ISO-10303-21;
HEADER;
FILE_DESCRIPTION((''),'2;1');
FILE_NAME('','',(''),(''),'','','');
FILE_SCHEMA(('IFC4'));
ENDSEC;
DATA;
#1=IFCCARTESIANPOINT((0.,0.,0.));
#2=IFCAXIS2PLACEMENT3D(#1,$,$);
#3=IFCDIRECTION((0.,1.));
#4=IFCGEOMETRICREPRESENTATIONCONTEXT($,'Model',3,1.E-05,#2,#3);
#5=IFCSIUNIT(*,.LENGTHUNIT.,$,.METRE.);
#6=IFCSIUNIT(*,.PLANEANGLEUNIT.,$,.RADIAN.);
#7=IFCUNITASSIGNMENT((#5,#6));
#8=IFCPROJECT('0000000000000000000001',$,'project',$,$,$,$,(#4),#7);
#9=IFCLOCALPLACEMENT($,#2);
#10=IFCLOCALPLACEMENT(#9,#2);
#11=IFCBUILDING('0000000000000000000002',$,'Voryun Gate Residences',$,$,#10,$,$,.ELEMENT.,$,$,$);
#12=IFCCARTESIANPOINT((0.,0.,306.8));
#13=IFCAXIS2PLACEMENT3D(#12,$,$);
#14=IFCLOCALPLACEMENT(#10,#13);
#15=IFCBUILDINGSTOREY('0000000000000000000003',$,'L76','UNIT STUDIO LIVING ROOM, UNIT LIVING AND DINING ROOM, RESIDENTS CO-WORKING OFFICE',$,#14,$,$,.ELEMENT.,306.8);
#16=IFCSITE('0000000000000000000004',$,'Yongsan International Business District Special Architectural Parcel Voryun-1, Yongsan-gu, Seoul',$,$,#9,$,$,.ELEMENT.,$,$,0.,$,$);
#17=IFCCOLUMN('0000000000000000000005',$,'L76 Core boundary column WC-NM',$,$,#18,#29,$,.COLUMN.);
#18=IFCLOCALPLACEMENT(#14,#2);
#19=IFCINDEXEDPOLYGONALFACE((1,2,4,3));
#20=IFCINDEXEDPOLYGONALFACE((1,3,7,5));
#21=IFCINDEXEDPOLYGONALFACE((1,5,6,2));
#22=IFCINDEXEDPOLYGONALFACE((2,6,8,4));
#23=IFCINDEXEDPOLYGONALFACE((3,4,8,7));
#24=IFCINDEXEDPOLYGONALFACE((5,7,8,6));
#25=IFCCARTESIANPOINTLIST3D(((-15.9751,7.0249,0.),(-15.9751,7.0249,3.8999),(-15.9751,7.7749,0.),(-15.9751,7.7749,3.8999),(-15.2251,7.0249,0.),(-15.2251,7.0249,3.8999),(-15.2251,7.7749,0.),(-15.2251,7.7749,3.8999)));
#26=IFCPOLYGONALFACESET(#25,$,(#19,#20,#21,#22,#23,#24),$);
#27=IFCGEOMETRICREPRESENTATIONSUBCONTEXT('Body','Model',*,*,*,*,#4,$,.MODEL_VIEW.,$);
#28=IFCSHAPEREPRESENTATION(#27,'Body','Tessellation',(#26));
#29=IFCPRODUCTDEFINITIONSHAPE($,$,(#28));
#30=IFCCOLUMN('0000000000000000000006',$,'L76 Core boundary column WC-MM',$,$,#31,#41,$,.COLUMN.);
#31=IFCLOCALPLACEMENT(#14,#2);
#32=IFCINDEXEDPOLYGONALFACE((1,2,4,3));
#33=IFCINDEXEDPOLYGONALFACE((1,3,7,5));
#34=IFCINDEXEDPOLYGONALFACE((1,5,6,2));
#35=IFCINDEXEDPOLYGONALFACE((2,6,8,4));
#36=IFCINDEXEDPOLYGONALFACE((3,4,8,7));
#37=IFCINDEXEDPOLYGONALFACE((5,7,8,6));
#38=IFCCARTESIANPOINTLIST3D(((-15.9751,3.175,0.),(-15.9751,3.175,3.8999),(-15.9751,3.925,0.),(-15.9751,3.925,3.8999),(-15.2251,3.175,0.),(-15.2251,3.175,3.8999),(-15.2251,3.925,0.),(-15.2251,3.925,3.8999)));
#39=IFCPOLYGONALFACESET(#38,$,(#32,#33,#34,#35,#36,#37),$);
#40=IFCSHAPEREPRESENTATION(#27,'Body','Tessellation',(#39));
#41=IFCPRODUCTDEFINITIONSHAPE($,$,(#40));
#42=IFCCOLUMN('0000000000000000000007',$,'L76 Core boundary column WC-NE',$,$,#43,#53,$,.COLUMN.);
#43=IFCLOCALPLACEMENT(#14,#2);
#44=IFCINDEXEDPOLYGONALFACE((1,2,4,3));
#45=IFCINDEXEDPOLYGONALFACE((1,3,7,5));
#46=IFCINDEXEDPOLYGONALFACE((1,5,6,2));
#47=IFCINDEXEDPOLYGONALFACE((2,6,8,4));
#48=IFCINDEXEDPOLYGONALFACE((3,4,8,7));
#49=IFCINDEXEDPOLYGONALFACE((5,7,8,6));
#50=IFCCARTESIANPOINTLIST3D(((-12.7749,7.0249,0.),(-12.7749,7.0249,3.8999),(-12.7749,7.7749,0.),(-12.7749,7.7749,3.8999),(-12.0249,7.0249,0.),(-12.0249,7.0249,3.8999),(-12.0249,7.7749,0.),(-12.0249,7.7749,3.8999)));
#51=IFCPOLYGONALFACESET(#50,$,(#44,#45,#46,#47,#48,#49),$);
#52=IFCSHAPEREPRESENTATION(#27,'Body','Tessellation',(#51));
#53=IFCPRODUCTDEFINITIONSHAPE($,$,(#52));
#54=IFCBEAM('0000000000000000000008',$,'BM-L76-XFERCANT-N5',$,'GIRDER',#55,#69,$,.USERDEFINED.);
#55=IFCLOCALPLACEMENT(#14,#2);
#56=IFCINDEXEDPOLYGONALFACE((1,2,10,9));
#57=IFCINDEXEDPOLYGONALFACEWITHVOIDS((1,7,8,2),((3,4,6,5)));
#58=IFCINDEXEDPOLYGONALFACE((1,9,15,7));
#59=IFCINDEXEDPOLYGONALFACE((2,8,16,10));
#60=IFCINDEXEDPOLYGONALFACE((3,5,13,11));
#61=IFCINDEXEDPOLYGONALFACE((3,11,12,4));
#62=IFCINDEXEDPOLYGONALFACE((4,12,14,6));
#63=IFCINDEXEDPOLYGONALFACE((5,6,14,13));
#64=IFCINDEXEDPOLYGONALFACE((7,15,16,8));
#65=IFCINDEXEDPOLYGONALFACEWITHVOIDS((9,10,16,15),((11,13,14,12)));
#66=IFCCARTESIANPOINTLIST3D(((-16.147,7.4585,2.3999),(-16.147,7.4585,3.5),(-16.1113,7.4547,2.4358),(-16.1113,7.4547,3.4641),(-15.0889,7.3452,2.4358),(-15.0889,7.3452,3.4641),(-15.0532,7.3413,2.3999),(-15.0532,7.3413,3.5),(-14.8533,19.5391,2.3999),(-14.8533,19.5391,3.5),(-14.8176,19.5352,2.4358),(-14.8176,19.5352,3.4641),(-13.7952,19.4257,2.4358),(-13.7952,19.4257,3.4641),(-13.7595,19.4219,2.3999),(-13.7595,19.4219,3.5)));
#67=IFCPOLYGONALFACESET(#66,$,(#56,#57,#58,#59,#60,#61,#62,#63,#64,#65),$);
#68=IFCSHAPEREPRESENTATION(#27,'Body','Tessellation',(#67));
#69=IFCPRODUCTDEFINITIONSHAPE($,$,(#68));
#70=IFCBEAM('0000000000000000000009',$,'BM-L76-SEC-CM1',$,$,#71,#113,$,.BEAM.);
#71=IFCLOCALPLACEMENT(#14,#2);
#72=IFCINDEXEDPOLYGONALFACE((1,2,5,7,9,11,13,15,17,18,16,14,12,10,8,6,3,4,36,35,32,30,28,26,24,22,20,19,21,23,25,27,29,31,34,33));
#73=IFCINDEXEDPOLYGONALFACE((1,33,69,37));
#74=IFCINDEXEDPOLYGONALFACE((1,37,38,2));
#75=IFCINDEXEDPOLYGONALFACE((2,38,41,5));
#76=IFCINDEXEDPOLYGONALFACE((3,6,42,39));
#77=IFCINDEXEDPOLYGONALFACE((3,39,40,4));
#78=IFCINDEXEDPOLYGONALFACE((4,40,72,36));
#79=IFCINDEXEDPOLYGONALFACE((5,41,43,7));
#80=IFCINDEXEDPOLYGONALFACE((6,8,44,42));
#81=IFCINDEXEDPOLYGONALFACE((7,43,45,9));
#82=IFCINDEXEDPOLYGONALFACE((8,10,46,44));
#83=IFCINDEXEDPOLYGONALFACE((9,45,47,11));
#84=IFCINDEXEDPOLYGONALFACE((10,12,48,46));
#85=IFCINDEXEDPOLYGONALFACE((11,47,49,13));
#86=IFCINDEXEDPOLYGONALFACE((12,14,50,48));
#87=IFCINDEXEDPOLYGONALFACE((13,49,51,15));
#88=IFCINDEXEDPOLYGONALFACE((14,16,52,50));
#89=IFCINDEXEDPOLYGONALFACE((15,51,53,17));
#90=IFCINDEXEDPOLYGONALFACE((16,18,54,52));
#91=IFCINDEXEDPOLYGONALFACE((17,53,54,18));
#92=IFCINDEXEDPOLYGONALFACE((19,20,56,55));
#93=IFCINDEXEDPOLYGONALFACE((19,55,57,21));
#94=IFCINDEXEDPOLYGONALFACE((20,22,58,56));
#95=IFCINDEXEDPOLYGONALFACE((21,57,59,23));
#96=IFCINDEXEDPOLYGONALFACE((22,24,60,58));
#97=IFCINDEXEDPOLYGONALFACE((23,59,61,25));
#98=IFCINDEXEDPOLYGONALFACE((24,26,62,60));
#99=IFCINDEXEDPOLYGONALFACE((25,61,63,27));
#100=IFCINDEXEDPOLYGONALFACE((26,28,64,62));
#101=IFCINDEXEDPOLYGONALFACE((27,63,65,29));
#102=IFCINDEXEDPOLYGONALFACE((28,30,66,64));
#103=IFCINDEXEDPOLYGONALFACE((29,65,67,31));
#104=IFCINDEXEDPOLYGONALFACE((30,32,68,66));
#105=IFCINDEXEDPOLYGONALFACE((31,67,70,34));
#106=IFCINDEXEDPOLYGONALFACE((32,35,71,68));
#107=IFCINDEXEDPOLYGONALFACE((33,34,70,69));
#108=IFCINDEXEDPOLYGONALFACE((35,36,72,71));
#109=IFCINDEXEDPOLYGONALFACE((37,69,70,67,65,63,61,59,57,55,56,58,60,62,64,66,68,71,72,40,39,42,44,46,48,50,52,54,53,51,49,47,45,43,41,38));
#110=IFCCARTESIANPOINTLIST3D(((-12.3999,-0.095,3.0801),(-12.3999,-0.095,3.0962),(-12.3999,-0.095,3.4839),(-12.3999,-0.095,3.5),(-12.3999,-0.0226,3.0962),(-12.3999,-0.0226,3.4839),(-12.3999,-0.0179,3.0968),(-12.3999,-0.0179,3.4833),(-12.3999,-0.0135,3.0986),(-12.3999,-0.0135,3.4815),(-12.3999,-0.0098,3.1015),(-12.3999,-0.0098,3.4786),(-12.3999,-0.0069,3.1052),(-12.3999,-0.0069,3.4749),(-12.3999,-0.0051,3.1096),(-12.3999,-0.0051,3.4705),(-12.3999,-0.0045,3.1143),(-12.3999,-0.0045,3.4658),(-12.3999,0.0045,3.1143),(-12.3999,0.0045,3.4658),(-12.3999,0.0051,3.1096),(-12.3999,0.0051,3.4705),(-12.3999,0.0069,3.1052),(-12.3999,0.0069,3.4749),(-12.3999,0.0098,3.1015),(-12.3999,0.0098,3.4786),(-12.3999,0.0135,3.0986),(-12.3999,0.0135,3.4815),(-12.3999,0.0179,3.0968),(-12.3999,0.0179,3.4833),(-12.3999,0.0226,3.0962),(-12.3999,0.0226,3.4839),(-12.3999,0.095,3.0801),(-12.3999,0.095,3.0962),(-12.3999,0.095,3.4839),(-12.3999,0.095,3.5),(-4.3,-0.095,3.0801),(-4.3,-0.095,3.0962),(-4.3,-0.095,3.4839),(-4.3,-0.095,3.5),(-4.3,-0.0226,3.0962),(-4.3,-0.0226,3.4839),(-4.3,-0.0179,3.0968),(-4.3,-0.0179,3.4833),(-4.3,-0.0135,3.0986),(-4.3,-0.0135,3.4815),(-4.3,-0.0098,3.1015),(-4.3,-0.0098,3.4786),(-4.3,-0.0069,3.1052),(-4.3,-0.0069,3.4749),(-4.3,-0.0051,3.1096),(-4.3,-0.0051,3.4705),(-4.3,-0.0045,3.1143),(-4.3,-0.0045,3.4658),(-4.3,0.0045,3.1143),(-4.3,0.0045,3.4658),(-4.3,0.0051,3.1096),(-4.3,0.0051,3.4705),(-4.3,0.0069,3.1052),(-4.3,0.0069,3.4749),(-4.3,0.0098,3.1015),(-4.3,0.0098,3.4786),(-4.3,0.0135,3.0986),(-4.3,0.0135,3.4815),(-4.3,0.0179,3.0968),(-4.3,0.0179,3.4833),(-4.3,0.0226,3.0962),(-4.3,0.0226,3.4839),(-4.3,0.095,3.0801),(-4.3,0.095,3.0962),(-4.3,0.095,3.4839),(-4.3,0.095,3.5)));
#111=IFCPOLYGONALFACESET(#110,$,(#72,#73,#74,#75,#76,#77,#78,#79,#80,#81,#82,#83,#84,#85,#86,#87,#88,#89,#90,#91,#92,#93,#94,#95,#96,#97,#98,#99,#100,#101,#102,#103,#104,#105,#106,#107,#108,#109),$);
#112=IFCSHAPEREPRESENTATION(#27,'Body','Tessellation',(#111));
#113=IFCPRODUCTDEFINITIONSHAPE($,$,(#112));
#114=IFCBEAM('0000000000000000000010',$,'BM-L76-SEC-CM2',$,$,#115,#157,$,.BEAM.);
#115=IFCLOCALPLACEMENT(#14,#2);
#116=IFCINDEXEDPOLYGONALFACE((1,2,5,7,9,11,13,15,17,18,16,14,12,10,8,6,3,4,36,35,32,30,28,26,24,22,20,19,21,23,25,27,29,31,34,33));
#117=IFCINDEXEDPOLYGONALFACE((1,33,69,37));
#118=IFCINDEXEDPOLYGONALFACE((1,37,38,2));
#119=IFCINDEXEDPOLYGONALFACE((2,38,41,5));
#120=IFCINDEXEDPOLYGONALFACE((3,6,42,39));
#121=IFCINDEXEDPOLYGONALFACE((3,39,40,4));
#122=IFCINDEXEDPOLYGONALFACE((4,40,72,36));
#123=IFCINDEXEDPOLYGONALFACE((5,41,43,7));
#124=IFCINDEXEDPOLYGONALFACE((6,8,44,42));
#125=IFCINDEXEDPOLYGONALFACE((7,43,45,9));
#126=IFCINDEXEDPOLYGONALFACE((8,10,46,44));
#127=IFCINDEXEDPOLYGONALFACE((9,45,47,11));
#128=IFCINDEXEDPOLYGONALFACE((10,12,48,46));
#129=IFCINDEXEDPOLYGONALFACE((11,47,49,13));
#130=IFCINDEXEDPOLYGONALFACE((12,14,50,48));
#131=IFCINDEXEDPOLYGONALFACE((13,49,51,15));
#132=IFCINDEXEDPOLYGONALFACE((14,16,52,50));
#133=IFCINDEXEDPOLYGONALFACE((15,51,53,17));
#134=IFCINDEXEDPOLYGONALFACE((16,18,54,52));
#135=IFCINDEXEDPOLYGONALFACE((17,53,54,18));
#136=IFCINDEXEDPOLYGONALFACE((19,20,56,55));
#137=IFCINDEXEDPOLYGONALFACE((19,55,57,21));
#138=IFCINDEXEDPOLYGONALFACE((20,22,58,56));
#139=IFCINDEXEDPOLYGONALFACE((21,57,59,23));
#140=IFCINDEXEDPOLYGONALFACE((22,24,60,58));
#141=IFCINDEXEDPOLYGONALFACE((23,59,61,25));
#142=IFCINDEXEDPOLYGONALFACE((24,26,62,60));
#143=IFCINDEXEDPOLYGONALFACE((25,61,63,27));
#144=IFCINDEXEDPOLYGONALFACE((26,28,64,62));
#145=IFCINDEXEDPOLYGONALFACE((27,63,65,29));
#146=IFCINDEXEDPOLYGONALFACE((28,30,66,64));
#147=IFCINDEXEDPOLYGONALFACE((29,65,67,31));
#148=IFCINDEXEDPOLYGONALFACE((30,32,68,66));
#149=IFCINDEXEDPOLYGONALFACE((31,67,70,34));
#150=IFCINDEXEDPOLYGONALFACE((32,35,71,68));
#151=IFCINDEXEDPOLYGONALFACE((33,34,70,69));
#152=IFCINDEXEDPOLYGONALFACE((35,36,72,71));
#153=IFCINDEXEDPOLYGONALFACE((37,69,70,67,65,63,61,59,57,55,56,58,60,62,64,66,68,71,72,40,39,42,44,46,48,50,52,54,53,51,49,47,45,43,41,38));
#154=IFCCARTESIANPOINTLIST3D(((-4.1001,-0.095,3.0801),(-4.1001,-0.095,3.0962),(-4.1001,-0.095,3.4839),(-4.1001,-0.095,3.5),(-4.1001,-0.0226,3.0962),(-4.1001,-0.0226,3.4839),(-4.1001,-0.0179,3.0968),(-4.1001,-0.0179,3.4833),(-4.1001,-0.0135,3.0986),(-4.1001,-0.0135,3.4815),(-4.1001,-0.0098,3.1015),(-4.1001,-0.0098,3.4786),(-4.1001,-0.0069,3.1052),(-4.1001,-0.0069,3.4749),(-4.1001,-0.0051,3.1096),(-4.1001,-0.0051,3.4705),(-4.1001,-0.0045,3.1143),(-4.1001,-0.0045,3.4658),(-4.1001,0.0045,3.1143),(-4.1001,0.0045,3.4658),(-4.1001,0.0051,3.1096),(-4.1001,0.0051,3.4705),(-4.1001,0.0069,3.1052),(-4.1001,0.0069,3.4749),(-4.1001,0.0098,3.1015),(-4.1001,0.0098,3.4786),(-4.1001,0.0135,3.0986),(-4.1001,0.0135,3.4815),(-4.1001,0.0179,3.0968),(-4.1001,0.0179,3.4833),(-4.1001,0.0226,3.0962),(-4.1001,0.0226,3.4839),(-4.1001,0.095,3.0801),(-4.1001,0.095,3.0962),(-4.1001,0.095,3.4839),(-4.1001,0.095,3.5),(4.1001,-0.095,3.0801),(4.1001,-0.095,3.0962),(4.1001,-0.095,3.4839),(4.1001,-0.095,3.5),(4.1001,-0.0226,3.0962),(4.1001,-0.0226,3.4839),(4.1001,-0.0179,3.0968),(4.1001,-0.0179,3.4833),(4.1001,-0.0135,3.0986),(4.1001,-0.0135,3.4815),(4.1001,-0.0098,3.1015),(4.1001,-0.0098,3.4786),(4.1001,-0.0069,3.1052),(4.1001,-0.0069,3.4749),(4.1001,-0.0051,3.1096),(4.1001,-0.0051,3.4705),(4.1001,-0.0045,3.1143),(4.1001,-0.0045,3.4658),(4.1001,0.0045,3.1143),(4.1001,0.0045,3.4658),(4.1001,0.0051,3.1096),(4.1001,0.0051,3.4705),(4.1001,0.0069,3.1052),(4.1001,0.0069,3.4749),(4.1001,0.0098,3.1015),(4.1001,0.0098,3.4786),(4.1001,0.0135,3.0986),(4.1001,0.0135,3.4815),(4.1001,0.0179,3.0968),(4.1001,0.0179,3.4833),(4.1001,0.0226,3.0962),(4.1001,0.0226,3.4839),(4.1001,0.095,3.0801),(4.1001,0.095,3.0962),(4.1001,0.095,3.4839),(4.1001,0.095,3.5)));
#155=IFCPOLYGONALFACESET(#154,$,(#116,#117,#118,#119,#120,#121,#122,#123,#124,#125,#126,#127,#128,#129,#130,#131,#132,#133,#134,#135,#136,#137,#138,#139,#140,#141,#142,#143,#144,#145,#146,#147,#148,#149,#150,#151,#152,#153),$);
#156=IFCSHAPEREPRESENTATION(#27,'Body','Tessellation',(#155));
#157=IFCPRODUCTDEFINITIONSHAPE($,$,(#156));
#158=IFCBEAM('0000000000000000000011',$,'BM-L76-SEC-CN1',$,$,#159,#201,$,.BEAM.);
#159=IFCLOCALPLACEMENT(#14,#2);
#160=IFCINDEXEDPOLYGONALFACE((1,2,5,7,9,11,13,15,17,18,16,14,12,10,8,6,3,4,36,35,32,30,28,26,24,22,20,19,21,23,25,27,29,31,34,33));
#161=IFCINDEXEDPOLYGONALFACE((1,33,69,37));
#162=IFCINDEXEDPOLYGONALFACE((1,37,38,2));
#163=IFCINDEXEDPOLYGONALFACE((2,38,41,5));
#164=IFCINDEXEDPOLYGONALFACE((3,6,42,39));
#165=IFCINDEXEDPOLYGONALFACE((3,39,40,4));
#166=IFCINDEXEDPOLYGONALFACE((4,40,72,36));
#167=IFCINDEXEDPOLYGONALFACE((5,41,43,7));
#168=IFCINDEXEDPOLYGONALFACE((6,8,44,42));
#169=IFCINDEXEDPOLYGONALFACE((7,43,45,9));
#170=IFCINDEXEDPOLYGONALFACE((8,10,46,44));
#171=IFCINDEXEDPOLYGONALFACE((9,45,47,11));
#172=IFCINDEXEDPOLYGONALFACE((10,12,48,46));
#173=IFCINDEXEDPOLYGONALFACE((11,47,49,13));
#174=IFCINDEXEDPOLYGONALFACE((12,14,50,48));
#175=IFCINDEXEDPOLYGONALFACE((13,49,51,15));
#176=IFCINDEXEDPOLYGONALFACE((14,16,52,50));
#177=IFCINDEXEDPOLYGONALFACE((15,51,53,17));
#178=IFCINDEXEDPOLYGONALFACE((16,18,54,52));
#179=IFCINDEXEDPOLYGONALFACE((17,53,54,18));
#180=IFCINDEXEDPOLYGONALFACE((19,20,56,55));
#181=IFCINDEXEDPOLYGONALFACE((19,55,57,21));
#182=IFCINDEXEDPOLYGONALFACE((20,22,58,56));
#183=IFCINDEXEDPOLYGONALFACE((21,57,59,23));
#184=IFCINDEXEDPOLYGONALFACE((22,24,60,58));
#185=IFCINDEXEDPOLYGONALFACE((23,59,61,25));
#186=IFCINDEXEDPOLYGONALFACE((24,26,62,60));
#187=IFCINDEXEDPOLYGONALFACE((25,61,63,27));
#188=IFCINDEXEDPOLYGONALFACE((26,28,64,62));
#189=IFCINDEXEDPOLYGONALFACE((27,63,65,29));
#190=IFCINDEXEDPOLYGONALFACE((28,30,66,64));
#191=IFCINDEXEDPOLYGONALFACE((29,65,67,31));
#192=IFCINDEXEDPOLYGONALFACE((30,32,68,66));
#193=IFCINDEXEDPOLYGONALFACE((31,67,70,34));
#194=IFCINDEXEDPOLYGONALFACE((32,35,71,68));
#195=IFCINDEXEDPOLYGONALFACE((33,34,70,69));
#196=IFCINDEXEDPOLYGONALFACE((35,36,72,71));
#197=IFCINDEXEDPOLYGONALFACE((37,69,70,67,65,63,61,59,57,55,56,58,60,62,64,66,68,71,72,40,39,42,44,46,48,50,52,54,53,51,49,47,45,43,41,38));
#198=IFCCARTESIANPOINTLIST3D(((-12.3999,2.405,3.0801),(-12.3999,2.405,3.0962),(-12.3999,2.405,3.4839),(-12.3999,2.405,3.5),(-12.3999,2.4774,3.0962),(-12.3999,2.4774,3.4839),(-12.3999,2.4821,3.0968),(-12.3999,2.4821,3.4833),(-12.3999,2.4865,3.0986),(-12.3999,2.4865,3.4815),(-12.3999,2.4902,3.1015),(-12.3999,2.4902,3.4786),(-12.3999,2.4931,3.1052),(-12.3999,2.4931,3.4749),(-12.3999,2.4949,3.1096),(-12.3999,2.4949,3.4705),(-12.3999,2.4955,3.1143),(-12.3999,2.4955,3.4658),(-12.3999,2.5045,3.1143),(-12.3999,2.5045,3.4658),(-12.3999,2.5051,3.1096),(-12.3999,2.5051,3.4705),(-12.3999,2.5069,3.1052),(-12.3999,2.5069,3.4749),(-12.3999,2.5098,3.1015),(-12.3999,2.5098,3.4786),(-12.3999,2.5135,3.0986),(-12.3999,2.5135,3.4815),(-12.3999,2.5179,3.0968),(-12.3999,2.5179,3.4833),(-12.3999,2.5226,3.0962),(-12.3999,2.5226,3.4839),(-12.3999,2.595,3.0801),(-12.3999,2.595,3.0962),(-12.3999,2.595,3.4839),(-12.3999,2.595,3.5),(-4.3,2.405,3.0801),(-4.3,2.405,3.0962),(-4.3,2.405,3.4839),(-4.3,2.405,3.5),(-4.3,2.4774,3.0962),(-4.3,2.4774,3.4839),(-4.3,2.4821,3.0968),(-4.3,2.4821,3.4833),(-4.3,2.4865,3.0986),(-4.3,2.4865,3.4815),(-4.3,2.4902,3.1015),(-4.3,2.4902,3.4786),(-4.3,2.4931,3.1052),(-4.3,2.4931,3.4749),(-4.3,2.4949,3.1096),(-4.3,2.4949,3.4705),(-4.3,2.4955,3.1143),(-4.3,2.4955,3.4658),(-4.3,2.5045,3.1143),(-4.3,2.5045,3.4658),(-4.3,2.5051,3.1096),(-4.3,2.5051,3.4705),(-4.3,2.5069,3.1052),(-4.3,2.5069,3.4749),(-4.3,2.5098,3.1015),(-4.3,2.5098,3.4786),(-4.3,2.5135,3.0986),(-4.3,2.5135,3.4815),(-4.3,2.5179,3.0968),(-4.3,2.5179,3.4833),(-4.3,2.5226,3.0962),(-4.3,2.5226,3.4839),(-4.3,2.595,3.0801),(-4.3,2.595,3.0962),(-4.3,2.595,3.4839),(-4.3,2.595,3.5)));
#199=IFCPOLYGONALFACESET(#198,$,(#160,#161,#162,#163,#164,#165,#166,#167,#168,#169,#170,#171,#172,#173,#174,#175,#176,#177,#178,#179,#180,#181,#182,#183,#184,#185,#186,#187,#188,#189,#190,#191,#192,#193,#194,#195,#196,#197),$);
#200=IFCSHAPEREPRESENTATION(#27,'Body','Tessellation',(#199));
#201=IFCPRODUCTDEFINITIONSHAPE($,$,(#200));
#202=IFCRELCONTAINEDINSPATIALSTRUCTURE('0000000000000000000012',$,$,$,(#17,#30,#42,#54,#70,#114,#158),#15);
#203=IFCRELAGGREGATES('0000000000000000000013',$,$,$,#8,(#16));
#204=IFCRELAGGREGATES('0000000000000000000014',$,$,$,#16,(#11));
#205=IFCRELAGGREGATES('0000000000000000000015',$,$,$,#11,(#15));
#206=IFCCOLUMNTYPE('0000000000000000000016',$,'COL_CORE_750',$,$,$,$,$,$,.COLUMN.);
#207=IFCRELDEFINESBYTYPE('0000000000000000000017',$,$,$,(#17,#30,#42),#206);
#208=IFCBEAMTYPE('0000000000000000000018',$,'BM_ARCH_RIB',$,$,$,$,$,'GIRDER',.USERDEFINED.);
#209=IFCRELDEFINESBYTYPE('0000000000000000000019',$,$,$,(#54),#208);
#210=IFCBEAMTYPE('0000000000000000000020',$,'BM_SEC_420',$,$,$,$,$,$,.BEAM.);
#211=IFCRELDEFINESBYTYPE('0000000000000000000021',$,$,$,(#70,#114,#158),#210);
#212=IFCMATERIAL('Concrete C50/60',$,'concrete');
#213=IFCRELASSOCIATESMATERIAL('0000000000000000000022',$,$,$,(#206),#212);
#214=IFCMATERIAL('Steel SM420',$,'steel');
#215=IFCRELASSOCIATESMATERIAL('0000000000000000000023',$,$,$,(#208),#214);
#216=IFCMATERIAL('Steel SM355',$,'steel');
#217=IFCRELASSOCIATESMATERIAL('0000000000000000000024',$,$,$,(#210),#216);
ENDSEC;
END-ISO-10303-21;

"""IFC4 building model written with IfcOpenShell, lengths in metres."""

from ifc_helpers import new_model, si_unit, direction, frame, origin, origin_2d, place, context, subcontext, project, spatial, rectangle, hollow_rectangle, i_section, extrude, material, material_profile, profile_set, type_object, element, save


model = new_model("IFC4")

# Units and contexts
model_context = context("Model", 3, precision=1e-05, world=origin(), true_north=direction((0.0, 1.0)))
body_context = subcontext(model_context, "Body", "Model", "MODEL_VIEW")
ifc_project = project(units=[si_unit("LENGTHUNIT", "METRE"), si_unit("PLANEANGLEUNIT", "RADIAN")], contexts=[model_context])

# Site, building, storey
site_placement = place(None, origin())
site = spatial("IfcSite", under=ifc_project, at=site_placement, Name="Yongsan International Business District Special Architectural Parcel Voryun-1, Yongsan-gu, Seoul", CompositionType="ELEMENT", RefElevation=0.0)
building_placement = place(site_placement, origin())
building = spatial("IfcBuilding", under=site, at=building_placement, Name="Voryun Gate Residences", CompositionType="ELEMENT")
storey_placement = place(building_placement, frame((0.0, 0.0, 306.8)))
storey = spatial("IfcBuildingStorey", under=building, at=storey_placement, Name="L76", Description="UNIT STUDIO LIVING ROOM, UNIT LIVING AND DINING ROOM, RESIDENTS CO-WORKING OFFICE", CompositionType="ELEMENT", Elevation=306.8)

# Columns
ifc_material_1 = material(Name="Concrete C50/60", Category="concrete")
ifc_material_profile_1 = material_profile(ifc_material_1, rectangle(XDim=0.75, YDim=0.75, at=origin_2d()), Name="RC-750x750")
ifc_profile_set_1 = profile_set([ifc_material_profile_1], Name="Concrete C50/60")
column_type = type_object("IfcColumnType", Name="COL_CORE_750", PredefinedType="COLUMN", material=ifc_profile_set_1)
for number, where, z_axis, x_axis, name in (
    (1, (-15.6001, 7.3999, 0.0), (0.0, 0.0, 1.0), (1.0, 0.0, 0.0), "L76 Core boundary column WC-NM"),
    (2, (-15.6001, 3.55, 0.0), (0.0, 0.0, 1.0), (1.0, 0.0, 0.0), "L76 Core boundary column WC-MM"),
    (3, (-12.3999, 7.3999, 0.0), (0.0, 0.0, 1.0), (1.0, 0.0, 0.0), "L76 Core boundary column WC-NE"),
):
    element("IfcColumn", number, at=place(storey_placement, frame(where, z_axis=z_axis, x_axis=x_axis)), inside=storey, type_object=column_type, Name=name, PredefinedType="COLUMN", context=body_context, shape_type="SweptSolid", body=[
        extrude(rectangle(XDim=0.75, YDim=0.75, at=origin_2d()), origin(), (0.0, 0.0, 1.0), 3.8999),
    ])

# Beams
ifc_material_2 = material(Name="Steel SM420", Category="steel")
ifc_material_profile_2 = material_profile(ifc_material_2, hollow_rectangle(XDim=1.1001, YDim=1.1001, WallThickness=0.0359, at=origin_2d()), Name="BOX-1100x1100x36")
ifc_profile_set_2 = profile_set([ifc_material_profile_2], Name="Steel SM420")
beam_type_1 = type_object("IfcBeamType", Name="BM_ARCH_RIB", ElementType="GIRDER", PredefinedType="USERDEFINED", material=ifc_profile_set_2)
beam_1_placement = place(storey_placement, frame((-15.6001, 7.3999, 2.95), z_axis=(0.106481, 0.994315, 0.0), x_axis=(-0.994315, 0.106481, 0.0)))
element("IfcBeam", 4, at=beam_1_placement, inside=storey, type_object=beam_type_1, Name="BM-L76-XFERCANT-N5", ObjectType="GIRDER", PredefinedType="USERDEFINED", context=body_context, shape_type="SweptSolid", body=[
    extrude(hollow_rectangle(XDim=1.1001, YDim=1.1001, WallThickness=0.0359, at=origin_2d()), origin(), (0.0, 0.0, 1.0), 12.1497),
])
ifc_material_3 = material(Name="Steel SM355", Category="steel")
ifc_material_profile_3 = material_profile(ifc_material_3, i_section(OverallWidth=0.1899, OverallDepth=0.4199, WebThickness=0.009, FlangeThickness=0.0161, FilletRadius=0.0181, at=origin_2d()), Name="H-420x190x9x16")
ifc_profile_set_3 = profile_set([ifc_material_profile_3], Name="Steel SM355")
beam_type_2 = type_object("IfcBeamType", Name="BM_SEC_420", PredefinedType="BEAM", material=ifc_profile_set_3)
beam_2_placement = place(storey_placement, frame((-12.3999, 0.0, 3.29), z_axis=(1.0, 0.0, 0.0), x_axis=(0.0, 1.0, 0.0)))
element("IfcBeam", 5, at=beam_2_placement, inside=storey, type_object=beam_type_2, Name="BM-L76-SEC-CM1", PredefinedType="BEAM", context=body_context, shape_type="SweptSolid", body=[
    extrude(i_section(OverallWidth=0.1899, OverallDepth=0.4199, WebThickness=0.009, FlangeThickness=0.0161, FilletRadius=0.0181, at=origin_2d()), origin(), (0.0, 0.0, 1.0), 8.0999),
])
beam_3_placement = place(storey_placement, frame((-4.1001, 0.0, 3.29), z_axis=(1.0, 0.0, 0.0), x_axis=(0.0, 1.0, 0.0)))
element("IfcBeam", 6, at=beam_3_placement, inside=storey, type_object=beam_type_2, Name="BM-L76-SEC-CM2", PredefinedType="BEAM", context=body_context, shape_type="SweptSolid", body=[
    extrude(i_section(OverallWidth=0.1899, OverallDepth=0.4199, WebThickness=0.009, FlangeThickness=0.0161, FilletRadius=0.0181, at=origin_2d()), origin(), (0.0, 0.0, 1.0), 8.2002),
])
beam_4_placement = place(storey_placement, frame((-12.3999, 2.5, 3.29), z_axis=(1.0, 0.0, 0.0), x_axis=(0.0, 1.0, 0.0)))
element("IfcBeam", 7, at=beam_4_placement, inside=storey, type_object=beam_type_2, Name="BM-L76-SEC-CN1", PredefinedType="BEAM", context=body_context, shape_type="SweptSolid", body=[
    extrude(i_section(OverallWidth=0.1899, OverallDepth=0.4199, WebThickness=0.009, FlangeThickness=0.0161, FilletRadius=0.0181, at=origin_2d()), origin(), (0.0, 0.0, 1.0), 8.0999),
])

save(model, "model.ifc")
